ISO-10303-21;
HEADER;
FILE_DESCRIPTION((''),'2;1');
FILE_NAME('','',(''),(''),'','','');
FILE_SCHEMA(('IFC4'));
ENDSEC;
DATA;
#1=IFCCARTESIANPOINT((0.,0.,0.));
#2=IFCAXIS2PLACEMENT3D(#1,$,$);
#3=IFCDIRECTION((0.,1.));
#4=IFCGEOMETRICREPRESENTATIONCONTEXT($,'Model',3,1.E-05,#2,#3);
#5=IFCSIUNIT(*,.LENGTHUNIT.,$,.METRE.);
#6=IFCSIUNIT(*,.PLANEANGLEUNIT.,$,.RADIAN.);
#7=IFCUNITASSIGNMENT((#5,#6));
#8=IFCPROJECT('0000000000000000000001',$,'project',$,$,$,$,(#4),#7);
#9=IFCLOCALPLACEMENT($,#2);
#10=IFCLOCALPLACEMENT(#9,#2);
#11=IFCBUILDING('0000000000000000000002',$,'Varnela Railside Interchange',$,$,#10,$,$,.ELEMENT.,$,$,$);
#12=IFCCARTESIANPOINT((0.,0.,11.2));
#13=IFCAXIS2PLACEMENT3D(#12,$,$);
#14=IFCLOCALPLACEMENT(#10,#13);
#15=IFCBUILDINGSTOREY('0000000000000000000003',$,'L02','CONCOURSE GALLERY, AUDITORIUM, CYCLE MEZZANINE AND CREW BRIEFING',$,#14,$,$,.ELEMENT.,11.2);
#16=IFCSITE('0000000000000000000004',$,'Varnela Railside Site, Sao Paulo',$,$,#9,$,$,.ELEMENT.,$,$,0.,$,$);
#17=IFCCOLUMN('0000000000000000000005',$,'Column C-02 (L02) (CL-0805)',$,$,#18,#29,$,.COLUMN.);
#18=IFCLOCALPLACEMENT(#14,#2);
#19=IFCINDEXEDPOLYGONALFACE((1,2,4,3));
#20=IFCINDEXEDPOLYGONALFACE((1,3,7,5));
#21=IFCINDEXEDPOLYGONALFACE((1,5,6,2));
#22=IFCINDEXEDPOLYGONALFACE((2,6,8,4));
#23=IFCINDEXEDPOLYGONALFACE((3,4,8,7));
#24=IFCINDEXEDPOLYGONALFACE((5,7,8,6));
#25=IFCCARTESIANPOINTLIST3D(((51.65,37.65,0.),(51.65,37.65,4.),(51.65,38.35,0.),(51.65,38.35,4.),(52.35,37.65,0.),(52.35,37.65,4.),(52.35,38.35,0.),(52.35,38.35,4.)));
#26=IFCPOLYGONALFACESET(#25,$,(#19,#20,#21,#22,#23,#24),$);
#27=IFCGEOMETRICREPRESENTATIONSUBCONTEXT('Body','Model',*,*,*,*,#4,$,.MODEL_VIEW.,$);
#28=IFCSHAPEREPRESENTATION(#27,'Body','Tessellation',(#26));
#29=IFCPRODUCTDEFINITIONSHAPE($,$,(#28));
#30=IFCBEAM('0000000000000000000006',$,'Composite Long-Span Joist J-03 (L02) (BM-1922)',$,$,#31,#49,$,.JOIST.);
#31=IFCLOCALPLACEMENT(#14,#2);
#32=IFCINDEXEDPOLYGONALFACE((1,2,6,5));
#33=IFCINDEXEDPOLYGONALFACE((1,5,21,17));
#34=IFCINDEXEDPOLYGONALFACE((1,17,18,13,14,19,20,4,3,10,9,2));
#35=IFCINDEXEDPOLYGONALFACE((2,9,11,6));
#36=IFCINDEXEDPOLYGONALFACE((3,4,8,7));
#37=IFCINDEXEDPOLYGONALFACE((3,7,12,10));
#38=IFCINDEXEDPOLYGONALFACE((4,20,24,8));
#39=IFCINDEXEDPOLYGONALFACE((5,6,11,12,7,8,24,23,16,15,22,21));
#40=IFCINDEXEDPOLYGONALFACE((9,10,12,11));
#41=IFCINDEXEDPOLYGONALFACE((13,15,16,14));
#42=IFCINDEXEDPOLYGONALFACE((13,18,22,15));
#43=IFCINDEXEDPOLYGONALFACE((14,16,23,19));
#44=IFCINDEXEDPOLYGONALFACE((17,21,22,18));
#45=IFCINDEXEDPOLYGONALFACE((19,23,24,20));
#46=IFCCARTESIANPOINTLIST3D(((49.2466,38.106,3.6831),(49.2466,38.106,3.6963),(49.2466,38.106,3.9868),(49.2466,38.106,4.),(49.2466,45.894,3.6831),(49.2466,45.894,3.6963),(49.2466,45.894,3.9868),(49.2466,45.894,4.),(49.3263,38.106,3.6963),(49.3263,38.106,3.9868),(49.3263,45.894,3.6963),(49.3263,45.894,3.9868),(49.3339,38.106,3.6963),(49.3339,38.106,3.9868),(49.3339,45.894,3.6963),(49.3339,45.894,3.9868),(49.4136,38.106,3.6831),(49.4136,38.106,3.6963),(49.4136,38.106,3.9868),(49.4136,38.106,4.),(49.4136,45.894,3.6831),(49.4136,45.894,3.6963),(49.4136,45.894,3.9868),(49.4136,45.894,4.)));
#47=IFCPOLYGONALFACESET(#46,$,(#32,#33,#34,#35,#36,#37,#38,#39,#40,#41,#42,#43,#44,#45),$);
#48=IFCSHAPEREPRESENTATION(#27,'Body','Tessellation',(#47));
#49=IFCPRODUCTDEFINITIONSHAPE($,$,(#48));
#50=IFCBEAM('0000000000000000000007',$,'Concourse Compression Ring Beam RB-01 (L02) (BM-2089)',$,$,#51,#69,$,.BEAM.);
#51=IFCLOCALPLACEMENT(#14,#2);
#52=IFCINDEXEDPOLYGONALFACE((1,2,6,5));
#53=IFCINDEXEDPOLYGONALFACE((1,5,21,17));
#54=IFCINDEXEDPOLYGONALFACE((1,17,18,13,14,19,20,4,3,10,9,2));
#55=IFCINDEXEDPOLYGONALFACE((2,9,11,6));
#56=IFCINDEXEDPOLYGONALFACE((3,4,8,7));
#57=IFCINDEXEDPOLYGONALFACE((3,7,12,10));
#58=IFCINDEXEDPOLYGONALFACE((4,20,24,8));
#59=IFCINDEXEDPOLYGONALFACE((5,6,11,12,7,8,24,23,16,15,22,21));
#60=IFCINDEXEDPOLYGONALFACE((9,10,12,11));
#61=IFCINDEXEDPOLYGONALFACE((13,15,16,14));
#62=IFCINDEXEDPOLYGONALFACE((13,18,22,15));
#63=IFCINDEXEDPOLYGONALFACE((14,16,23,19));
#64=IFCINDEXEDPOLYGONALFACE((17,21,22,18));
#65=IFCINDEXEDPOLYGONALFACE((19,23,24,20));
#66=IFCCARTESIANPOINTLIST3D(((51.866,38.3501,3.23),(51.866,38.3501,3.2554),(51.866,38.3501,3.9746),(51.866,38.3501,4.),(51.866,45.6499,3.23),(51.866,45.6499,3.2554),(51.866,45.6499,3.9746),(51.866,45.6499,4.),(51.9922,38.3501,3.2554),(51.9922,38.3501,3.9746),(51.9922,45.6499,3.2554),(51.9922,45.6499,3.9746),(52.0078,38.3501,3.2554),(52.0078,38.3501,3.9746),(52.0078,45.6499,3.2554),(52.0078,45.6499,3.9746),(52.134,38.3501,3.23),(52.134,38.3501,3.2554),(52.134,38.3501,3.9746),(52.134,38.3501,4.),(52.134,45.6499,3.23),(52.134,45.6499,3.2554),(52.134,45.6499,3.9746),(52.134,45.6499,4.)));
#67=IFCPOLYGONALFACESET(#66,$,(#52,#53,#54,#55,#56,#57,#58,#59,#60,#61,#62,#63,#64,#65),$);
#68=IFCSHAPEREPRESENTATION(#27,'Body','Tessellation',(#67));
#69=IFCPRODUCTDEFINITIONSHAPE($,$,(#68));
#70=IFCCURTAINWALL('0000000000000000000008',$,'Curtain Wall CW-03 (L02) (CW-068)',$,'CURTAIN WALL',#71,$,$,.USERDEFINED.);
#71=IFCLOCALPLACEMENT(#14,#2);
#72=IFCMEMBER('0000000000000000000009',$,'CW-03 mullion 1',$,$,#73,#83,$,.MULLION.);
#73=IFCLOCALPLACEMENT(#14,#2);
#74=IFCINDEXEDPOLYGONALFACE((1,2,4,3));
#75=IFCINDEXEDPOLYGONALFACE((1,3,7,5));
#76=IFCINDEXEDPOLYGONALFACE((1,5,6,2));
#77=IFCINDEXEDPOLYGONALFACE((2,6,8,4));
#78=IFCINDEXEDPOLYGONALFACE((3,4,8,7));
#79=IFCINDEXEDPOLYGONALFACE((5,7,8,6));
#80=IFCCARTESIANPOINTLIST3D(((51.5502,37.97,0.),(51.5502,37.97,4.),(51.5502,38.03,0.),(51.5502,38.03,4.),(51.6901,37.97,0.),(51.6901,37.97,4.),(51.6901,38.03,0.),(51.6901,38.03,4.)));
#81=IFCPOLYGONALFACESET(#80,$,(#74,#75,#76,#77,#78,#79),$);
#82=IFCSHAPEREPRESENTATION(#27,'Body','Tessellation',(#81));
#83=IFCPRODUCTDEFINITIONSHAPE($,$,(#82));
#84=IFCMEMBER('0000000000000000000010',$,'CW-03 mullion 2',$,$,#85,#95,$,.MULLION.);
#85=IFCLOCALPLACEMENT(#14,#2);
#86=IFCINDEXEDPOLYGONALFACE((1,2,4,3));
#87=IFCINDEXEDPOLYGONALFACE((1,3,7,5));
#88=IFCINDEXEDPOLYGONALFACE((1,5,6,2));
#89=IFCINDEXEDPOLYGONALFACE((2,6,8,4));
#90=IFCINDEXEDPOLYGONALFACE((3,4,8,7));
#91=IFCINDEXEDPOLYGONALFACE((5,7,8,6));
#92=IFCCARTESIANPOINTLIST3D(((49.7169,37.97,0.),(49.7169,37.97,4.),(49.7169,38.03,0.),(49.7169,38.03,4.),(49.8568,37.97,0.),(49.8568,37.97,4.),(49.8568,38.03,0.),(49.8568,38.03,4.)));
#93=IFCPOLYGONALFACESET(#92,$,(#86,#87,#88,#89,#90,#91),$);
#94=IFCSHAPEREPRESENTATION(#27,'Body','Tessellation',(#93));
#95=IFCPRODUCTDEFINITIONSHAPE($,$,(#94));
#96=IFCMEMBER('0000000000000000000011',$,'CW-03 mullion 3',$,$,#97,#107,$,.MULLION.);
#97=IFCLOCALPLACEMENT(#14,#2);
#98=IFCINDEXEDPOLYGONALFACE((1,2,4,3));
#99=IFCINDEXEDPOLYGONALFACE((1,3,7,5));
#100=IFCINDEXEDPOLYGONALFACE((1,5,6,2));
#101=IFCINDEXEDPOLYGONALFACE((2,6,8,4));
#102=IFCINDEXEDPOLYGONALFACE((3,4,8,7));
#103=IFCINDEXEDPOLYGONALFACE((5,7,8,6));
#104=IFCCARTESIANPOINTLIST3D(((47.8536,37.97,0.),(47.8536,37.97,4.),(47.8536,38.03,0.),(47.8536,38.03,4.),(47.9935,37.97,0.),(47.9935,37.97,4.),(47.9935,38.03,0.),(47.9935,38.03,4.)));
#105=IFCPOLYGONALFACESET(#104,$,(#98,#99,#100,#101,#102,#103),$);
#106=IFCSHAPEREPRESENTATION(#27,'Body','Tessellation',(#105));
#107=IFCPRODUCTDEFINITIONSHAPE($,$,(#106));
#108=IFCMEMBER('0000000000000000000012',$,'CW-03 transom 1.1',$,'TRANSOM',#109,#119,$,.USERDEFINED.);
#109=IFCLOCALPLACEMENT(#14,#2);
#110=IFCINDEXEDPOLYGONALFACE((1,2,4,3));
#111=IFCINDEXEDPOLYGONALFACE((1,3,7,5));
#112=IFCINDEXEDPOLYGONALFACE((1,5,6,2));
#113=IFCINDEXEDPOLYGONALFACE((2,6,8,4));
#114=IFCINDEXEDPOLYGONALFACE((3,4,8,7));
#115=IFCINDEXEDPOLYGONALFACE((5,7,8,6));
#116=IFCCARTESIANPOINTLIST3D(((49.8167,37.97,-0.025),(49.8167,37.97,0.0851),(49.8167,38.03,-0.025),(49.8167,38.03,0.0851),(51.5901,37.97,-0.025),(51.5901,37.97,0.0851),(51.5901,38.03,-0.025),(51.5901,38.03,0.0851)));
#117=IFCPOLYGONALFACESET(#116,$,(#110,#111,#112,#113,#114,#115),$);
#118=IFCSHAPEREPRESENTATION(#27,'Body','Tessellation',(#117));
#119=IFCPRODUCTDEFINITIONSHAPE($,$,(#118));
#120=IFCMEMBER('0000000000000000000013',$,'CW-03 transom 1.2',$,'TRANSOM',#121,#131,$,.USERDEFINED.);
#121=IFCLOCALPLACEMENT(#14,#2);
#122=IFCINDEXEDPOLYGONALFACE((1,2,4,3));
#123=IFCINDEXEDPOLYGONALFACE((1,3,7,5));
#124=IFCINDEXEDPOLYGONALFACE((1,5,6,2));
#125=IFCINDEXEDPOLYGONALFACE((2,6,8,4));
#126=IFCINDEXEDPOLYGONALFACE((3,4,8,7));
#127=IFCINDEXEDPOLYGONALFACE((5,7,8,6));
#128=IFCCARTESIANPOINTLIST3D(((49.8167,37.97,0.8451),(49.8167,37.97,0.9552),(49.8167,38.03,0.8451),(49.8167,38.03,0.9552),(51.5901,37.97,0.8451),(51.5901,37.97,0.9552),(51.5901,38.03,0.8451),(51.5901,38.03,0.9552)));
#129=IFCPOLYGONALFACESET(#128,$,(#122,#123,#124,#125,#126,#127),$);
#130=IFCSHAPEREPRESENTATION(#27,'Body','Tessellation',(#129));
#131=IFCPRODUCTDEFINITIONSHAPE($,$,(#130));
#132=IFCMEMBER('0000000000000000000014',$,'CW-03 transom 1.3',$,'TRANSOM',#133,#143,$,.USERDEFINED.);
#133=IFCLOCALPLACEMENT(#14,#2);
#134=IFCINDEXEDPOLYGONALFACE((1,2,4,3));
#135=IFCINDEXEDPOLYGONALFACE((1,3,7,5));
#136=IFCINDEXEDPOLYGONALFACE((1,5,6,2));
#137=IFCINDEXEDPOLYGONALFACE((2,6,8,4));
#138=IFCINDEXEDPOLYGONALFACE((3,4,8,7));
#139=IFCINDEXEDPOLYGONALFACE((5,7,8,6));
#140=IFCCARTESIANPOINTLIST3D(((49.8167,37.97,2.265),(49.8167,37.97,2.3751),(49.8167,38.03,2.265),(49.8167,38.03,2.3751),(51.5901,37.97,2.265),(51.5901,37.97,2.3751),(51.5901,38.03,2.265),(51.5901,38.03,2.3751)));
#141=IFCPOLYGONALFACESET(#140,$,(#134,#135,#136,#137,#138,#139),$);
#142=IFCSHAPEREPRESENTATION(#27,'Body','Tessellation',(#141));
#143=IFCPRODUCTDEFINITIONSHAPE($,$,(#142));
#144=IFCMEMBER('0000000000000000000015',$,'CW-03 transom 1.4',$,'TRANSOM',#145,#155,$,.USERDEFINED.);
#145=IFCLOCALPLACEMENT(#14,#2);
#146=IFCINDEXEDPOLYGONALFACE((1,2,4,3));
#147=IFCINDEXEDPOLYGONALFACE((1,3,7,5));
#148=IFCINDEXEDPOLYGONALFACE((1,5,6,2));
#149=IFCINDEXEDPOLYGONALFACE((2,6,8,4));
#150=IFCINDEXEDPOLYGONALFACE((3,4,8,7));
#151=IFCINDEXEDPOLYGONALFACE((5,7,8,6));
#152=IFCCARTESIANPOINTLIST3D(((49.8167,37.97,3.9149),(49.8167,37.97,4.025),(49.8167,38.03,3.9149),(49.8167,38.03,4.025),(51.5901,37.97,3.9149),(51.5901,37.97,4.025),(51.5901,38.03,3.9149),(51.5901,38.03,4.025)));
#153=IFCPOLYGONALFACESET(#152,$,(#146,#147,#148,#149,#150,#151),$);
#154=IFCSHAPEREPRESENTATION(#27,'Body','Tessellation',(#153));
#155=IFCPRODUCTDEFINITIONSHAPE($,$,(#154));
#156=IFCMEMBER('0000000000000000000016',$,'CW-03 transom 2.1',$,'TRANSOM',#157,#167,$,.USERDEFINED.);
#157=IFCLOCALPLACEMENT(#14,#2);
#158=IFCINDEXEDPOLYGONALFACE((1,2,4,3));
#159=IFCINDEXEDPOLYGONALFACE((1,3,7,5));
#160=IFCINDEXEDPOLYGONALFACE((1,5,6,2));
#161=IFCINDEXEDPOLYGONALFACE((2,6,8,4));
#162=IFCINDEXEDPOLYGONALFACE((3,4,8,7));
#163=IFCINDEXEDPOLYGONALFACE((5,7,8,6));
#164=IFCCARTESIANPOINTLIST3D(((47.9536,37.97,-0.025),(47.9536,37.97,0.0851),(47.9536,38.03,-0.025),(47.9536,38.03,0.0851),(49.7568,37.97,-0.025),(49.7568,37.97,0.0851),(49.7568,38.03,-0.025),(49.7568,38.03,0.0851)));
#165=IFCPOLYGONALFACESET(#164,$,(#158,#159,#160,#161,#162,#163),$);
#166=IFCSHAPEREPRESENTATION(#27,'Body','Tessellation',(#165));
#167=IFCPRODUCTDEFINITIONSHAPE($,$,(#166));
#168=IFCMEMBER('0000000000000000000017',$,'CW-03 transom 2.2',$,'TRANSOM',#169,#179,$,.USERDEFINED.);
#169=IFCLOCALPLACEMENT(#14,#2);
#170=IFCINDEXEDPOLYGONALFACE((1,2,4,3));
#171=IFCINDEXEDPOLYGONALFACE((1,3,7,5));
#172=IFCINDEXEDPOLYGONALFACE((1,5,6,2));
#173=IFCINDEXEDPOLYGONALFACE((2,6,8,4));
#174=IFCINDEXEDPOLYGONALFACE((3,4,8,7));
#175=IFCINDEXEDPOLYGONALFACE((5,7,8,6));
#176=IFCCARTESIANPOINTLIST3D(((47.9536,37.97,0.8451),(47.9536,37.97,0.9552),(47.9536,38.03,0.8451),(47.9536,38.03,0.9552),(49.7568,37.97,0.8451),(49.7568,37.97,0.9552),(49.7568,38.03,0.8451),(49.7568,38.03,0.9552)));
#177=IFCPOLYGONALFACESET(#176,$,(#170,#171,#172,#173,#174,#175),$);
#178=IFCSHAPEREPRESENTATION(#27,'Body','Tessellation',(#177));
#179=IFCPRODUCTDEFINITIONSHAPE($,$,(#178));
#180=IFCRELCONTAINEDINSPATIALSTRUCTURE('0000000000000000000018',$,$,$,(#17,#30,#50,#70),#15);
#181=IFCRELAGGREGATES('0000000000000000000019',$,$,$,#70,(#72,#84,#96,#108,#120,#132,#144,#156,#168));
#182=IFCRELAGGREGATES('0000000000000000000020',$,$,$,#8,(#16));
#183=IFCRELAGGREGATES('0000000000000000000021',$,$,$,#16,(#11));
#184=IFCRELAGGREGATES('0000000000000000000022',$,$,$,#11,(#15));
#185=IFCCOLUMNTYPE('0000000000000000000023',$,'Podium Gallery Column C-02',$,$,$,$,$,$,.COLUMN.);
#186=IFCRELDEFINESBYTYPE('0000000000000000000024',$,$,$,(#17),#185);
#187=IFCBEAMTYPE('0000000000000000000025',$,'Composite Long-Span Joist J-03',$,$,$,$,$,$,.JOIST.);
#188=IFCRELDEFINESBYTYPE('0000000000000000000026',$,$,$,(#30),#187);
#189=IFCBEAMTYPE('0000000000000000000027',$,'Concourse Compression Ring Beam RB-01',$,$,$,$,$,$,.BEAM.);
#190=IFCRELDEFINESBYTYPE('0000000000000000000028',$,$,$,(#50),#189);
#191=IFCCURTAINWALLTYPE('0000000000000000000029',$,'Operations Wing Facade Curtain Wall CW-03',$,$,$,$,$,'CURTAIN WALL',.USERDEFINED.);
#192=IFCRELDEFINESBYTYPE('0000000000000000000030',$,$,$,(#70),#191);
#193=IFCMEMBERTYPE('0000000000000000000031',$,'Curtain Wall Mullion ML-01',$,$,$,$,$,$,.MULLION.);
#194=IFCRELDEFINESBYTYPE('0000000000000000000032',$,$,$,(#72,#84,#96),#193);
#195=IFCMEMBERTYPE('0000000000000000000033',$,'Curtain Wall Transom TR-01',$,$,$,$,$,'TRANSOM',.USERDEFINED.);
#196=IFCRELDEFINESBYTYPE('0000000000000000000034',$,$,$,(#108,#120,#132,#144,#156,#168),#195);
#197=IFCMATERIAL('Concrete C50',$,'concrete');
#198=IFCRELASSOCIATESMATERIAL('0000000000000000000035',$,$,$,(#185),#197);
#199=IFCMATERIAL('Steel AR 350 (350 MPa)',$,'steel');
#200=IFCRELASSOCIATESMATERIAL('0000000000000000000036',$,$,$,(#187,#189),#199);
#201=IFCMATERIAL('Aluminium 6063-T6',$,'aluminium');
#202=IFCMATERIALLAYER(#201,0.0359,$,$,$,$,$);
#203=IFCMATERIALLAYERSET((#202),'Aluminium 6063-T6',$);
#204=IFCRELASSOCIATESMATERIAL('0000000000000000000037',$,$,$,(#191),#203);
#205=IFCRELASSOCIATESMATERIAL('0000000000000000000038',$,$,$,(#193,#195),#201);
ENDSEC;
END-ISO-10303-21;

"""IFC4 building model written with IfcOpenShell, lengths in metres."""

from ifc_helpers import new_model, si_unit, direction, frame, origin, origin_2d, place, context, subcontext, project, spatial, rectangle, i_section, extrude, material, layer, layer_set, material_profile, profile_set, type_object, element, aggregate, save


model = new_model("IFC4")

# Units and contexts
model_context = context("Model", 3, precision=1e-05, world=origin(), true_north=direction((0.0, 1.0)))
body_context = subcontext(model_context, "Body", "Model", "MODEL_VIEW")
ifc_project = project(units=[si_unit("LENGTHUNIT", "METRE"), si_unit("PLANEANGLEUNIT", "RADIAN")], contexts=[model_context])

# Site, building, storey
site_placement = place(None, origin())
site = spatial("IfcSite", under=ifc_project, at=site_placement, Name="Varnela Railside Site, Sao Paulo", CompositionType="ELEMENT", RefElevation=0.0)
building_placement = place(site_placement, origin())
building = spatial("IfcBuilding", under=site, at=building_placement, Name="Varnela Railside Interchange", CompositionType="ELEMENT")
storey_placement = place(building_placement, frame((0.0, 0.0, 11.2)))
storey = spatial("IfcBuildingStorey", under=building, at=storey_placement, Name="L02", Description="CONCOURSE GALLERY, AUDITORIUM, CYCLE MEZZANINE AND CREW BRIEFING", CompositionType="ELEMENT", Elevation=11.2)

# Column
ifc_material_1 = material(Name="Concrete C50", Category="concrete")
ifc_material_profile_1 = material_profile(ifc_material_1, rectangle(XDim=0.7, YDim=0.7, at=origin_2d()), Name="RC 700x700")
ifc_profile_set_1 = profile_set([ifc_material_profile_1], Name="Concrete C50")
column_type = type_object("IfcColumnType", Name="Podium Gallery Column C-02", PredefinedType="COLUMN", material=ifc_profile_set_1)
column_placement = place(storey_placement, frame((52.0, 38.0, 0.0), z_axis=(0.0, 0.0, 1.0), x_axis=(1.0, 0.0, 0.0)))
element("IfcColumn", 1, at=column_placement, inside=storey, type_object=column_type, Name="Column C-02 (L02) (CL-0805)", PredefinedType="COLUMN", context=body_context, shape_type="SweptSolid", body=[
    extrude(rectangle(XDim=0.7, YDim=0.7, at=origin_2d()), origin(), (0.0, 0.0, 1.0), 4.0),
])

# Beams
ifc_material_2 = material(Name="Steel AR 350 (350 MPa)", Category="steel")
ifc_material_profile_2 = material_profile(ifc_material_2, i_section(OverallWidth=0.167, OverallDepth=0.3169, WebThickness=0.0076, FlangeThickness=0.0132, at=origin_2d()), Name="W310x52")
ifc_profile_set_2 = profile_set([ifc_material_profile_2], Name="Steel AR 350 (350 MPa)")
beam_type_1 = type_object("IfcBeamType", Name="Composite Long-Span Joist J-03", PredefinedType="JOIST", material=ifc_profile_set_2)
beam_1_placement = place(storey_placement, frame((49.3301, 38.106, 3.8416), z_axis=(0.0, 1.0, 0.0), x_axis=(-1.0, 0.0, 0.0)))
element("IfcBeam", 2, at=beam_1_placement, inside=storey, type_object=beam_type_1, Name="Composite Long-Span Joist J-03 (L02) (BM-1922)", PredefinedType="JOIST", context=body_context, shape_type="SweptSolid", body=[
    extrude(i_section(OverallWidth=0.167, OverallDepth=0.3169, WebThickness=0.0076, FlangeThickness=0.0132, at=origin_2d()), origin(), (0.0, 0.0, 1.0), 7.7881),
])
ifc_material_profile_3 = material_profile(ifc_material_2, i_section(OverallWidth=0.2681, OverallDepth=0.77, WebThickness=0.0156, FlangeThickness=0.0254, at=origin_2d()), Name="W760x196")
ifc_profile_set_3 = profile_set([ifc_material_profile_3], Name="Steel AR 350 (350 MPa)")
beam_type_2 = type_object("IfcBeamType", Name="Concourse Compression Ring Beam RB-01", PredefinedType="BEAM", material=ifc_profile_set_3)
beam_2_placement = place(storey_placement, frame((52.0, 38.3501, 3.615), z_axis=(0.0, 1.0, 0.0), x_axis=(-1.0, 0.0, 0.0)))
element("IfcBeam", 3, at=beam_2_placement, inside=storey, type_object=beam_type_2, Name="Concourse Compression Ring Beam RB-01 (L02) (BM-2089)", PredefinedType="BEAM", context=body_context, shape_type="SweptSolid", body=[
    extrude(i_section(OverallWidth=0.2681, OverallDepth=0.77, WebThickness=0.0156, FlangeThickness=0.0254, at=origin_2d()), origin(), (0.0, 0.0, 1.0), 7.2998),
])

# Curtain wall, members
ifc_material_3 = material(Name="Aluminium 6063-T6", Category="aluminium")
ifc_layer_1 = layer(ifc_material_3, 0.0359)
ifc_layer_set_1 = layer_set([ifc_layer_1], Name="Aluminium 6063-T6")
curtain_wall_type = type_object("IfcCurtainWallType", Name="Operations Wing Facade Curtain Wall CW-03", ElementType="CURTAIN WALL", PredefinedType="USERDEFINED", material=ifc_layer_set_1)
curtain_wall_placement = place(storey_placement, origin())
curtain_wall = element("IfcCurtainWall", 4, at=curtain_wall_placement, inside=storey, type_object=curtain_wall_type, Name="Curtain Wall CW-03 (L02) (CW-068)", ObjectType="CURTAIN WALL", PredefinedType="USERDEFINED")
ifc_material_profile_4 = material_profile(ifc_material_3, rectangle(XDim=0.0601, YDim=0.1399, at=origin_2d()), Name="ALU 60x140")
ifc_profile_set_4 = profile_set([ifc_material_profile_4], Name="Aluminium 6063-T6")
member_type_1 = type_object("IfcMemberType", Name="Curtain Wall Mullion ML-01", PredefinedType="MULLION", material=ifc_profile_set_4)
member_1_placement = place(storey_placement, frame((51.6201, 38.0, 0.0), z_axis=(0.0, 0.0, 1.0), x_axis=(0.0, -1.0, 0.0)))
member_1 = element("IfcMember", 5, at=member_1_placement, type_object=member_type_1, Name="CW-03 mullion 1", PredefinedType="MULLION", context=body_context, shape_type="SweptSolid", body=[
    extrude(rectangle(XDim=0.0601, YDim=0.1399, at=origin_2d()), origin(), (0.0, 0.0, 1.0), 4.0),
])
member_2_placement = place(storey_placement, frame((49.7869, 38.0, 0.0), z_axis=(0.0, 0.0, 1.0), x_axis=(0.0, -1.0, 0.0)))
member_2 = element("IfcMember", 6, at=member_2_placement, type_object=member_type_1, Name="CW-03 mullion 2", PredefinedType="MULLION", context=body_context, shape_type="SweptSolid", body=[
    extrude(rectangle(XDim=0.0601, YDim=0.1399, at=origin_2d()), origin(), (0.0, 0.0, 1.0), 4.0),
])
member_3_placement = place(storey_placement, frame((47.9236, 38.0, 0.0), z_axis=(0.0, 0.0, 1.0), x_axis=(0.0, -1.0, 0.0)))
member_3 = element("IfcMember", 7, at=member_3_placement, type_object=member_type_1, Name="CW-03 mullion 3", PredefinedType="MULLION", context=body_context, shape_type="SweptSolid", body=[
    extrude(rectangle(XDim=0.0601, YDim=0.1399, at=origin_2d()), origin(), (0.0, 0.0, 1.0), 4.0),
])
ifc_material_profile_5 = material_profile(ifc_material_3, rectangle(XDim=0.0601, YDim=0.1101, at=origin_2d()), Name="ALU 60x110")
ifc_profile_set_5 = profile_set([ifc_material_profile_5], Name="Aluminium 6063-T6")
member_type_2 = type_object("IfcMemberType", Name="Curtain Wall Transom TR-01", ElementType="TRANSOM", PredefinedType="USERDEFINED", material=ifc_profile_set_5)
member_4_placement = place(storey_placement, frame((51.5901, 38.0, 0.03), z_axis=(-1.0, 0.0, 0.0), x_axis=(0.0, -1.0, 0.0)))
member_4 = element("IfcMember", 8, at=member_4_placement, type_object=member_type_2, Name="CW-03 transom 1.1", ObjectType="TRANSOM", PredefinedType="USERDEFINED", context=body_context, shape_type="SweptSolid", body=[
    extrude(rectangle(XDim=0.0601, YDim=0.1101, at=origin_2d()), origin(), (0.0, 0.0, 1.0), 1.7734),
])
member_5_placement = place(storey_placement, frame((51.5901, 38.0, 0.9001), z_axis=(-1.0, 0.0, 0.0), x_axis=(0.0, -1.0, 0.0)))
member_5 = element("IfcMember", 9, at=member_5_placement, type_object=member_type_2, Name="CW-03 transom 1.2", ObjectType="TRANSOM", PredefinedType="USERDEFINED", context=body_context, shape_type="SweptSolid", body=[
    extrude(rectangle(XDim=0.0601, YDim=0.1101, at=origin_2d()), origin(), (0.0, 0.0, 1.0), 1.7734),
])
member_6_placement = place(storey_placement, frame((51.5901, 38.0, 2.3201), z_axis=(-1.0, 0.0, 0.0), x_axis=(0.0, -1.0, 0.0)))
member_6 = element("IfcMember", 10, at=member_6_placement, type_object=member_type_2, Name="CW-03 transom 1.3", ObjectType="TRANSOM", PredefinedType="USERDEFINED", context=body_context, shape_type="SweptSolid", body=[
    extrude(rectangle(XDim=0.0601, YDim=0.1101, at=origin_2d()), origin(), (0.0, 0.0, 1.0), 1.7734),
])
member_7_placement = place(storey_placement, frame((51.5901, 38.0, 3.97), z_axis=(-1.0, 0.0, 0.0), x_axis=(0.0, -1.0, 0.0)))
member_7 = element("IfcMember", 11, at=member_7_placement, type_object=member_type_2, Name="CW-03 transom 1.4", ObjectType="TRANSOM", PredefinedType="USERDEFINED", context=body_context, shape_type="SweptSolid", body=[
    extrude(rectangle(XDim=0.0601, YDim=0.1101, at=origin_2d()), origin(), (0.0, 0.0, 1.0), 1.7734),
])
member_8_placement = place(storey_placement, frame((49.7568, 38.0, 0.03), z_axis=(-1.0, 0.0, 0.0), x_axis=(0.0, -1.0, 0.0)))
member_8 = element("IfcMember", 12, at=member_8_placement, type_object=member_type_2, Name="CW-03 transom 2.1", ObjectType="TRANSOM", PredefinedType="USERDEFINED", context=body_context, shape_type="SweptSolid", body=[
    extrude(rectangle(XDim=0.0601, YDim=0.1101, at=origin_2d()), origin(), (0.0, 0.0, 1.0), 1.8032),
])
member_9_placement = place(storey_placement, frame((49.7568, 38.0, 0.9001), z_axis=(-1.0, 0.0, 0.0), x_axis=(0.0, -1.0, 0.0)))
member_9 = element("IfcMember", 13, at=member_9_placement, type_object=member_type_2, Name="CW-03 transom 2.2", ObjectType="TRANSOM", PredefinedType="USERDEFINED", context=body_context, shape_type="SweptSolid", body=[
    extrude(rectangle(XDim=0.0601, YDim=0.1101, at=origin_2d()), origin(), (0.0, 0.0, 1.0), 1.8032),
])
aggregate(curtain_wall, [member_1, member_2, member_3, member_4, member_5, member_6, member_7, member_8, member_9])

save(model, "model.ifc")
